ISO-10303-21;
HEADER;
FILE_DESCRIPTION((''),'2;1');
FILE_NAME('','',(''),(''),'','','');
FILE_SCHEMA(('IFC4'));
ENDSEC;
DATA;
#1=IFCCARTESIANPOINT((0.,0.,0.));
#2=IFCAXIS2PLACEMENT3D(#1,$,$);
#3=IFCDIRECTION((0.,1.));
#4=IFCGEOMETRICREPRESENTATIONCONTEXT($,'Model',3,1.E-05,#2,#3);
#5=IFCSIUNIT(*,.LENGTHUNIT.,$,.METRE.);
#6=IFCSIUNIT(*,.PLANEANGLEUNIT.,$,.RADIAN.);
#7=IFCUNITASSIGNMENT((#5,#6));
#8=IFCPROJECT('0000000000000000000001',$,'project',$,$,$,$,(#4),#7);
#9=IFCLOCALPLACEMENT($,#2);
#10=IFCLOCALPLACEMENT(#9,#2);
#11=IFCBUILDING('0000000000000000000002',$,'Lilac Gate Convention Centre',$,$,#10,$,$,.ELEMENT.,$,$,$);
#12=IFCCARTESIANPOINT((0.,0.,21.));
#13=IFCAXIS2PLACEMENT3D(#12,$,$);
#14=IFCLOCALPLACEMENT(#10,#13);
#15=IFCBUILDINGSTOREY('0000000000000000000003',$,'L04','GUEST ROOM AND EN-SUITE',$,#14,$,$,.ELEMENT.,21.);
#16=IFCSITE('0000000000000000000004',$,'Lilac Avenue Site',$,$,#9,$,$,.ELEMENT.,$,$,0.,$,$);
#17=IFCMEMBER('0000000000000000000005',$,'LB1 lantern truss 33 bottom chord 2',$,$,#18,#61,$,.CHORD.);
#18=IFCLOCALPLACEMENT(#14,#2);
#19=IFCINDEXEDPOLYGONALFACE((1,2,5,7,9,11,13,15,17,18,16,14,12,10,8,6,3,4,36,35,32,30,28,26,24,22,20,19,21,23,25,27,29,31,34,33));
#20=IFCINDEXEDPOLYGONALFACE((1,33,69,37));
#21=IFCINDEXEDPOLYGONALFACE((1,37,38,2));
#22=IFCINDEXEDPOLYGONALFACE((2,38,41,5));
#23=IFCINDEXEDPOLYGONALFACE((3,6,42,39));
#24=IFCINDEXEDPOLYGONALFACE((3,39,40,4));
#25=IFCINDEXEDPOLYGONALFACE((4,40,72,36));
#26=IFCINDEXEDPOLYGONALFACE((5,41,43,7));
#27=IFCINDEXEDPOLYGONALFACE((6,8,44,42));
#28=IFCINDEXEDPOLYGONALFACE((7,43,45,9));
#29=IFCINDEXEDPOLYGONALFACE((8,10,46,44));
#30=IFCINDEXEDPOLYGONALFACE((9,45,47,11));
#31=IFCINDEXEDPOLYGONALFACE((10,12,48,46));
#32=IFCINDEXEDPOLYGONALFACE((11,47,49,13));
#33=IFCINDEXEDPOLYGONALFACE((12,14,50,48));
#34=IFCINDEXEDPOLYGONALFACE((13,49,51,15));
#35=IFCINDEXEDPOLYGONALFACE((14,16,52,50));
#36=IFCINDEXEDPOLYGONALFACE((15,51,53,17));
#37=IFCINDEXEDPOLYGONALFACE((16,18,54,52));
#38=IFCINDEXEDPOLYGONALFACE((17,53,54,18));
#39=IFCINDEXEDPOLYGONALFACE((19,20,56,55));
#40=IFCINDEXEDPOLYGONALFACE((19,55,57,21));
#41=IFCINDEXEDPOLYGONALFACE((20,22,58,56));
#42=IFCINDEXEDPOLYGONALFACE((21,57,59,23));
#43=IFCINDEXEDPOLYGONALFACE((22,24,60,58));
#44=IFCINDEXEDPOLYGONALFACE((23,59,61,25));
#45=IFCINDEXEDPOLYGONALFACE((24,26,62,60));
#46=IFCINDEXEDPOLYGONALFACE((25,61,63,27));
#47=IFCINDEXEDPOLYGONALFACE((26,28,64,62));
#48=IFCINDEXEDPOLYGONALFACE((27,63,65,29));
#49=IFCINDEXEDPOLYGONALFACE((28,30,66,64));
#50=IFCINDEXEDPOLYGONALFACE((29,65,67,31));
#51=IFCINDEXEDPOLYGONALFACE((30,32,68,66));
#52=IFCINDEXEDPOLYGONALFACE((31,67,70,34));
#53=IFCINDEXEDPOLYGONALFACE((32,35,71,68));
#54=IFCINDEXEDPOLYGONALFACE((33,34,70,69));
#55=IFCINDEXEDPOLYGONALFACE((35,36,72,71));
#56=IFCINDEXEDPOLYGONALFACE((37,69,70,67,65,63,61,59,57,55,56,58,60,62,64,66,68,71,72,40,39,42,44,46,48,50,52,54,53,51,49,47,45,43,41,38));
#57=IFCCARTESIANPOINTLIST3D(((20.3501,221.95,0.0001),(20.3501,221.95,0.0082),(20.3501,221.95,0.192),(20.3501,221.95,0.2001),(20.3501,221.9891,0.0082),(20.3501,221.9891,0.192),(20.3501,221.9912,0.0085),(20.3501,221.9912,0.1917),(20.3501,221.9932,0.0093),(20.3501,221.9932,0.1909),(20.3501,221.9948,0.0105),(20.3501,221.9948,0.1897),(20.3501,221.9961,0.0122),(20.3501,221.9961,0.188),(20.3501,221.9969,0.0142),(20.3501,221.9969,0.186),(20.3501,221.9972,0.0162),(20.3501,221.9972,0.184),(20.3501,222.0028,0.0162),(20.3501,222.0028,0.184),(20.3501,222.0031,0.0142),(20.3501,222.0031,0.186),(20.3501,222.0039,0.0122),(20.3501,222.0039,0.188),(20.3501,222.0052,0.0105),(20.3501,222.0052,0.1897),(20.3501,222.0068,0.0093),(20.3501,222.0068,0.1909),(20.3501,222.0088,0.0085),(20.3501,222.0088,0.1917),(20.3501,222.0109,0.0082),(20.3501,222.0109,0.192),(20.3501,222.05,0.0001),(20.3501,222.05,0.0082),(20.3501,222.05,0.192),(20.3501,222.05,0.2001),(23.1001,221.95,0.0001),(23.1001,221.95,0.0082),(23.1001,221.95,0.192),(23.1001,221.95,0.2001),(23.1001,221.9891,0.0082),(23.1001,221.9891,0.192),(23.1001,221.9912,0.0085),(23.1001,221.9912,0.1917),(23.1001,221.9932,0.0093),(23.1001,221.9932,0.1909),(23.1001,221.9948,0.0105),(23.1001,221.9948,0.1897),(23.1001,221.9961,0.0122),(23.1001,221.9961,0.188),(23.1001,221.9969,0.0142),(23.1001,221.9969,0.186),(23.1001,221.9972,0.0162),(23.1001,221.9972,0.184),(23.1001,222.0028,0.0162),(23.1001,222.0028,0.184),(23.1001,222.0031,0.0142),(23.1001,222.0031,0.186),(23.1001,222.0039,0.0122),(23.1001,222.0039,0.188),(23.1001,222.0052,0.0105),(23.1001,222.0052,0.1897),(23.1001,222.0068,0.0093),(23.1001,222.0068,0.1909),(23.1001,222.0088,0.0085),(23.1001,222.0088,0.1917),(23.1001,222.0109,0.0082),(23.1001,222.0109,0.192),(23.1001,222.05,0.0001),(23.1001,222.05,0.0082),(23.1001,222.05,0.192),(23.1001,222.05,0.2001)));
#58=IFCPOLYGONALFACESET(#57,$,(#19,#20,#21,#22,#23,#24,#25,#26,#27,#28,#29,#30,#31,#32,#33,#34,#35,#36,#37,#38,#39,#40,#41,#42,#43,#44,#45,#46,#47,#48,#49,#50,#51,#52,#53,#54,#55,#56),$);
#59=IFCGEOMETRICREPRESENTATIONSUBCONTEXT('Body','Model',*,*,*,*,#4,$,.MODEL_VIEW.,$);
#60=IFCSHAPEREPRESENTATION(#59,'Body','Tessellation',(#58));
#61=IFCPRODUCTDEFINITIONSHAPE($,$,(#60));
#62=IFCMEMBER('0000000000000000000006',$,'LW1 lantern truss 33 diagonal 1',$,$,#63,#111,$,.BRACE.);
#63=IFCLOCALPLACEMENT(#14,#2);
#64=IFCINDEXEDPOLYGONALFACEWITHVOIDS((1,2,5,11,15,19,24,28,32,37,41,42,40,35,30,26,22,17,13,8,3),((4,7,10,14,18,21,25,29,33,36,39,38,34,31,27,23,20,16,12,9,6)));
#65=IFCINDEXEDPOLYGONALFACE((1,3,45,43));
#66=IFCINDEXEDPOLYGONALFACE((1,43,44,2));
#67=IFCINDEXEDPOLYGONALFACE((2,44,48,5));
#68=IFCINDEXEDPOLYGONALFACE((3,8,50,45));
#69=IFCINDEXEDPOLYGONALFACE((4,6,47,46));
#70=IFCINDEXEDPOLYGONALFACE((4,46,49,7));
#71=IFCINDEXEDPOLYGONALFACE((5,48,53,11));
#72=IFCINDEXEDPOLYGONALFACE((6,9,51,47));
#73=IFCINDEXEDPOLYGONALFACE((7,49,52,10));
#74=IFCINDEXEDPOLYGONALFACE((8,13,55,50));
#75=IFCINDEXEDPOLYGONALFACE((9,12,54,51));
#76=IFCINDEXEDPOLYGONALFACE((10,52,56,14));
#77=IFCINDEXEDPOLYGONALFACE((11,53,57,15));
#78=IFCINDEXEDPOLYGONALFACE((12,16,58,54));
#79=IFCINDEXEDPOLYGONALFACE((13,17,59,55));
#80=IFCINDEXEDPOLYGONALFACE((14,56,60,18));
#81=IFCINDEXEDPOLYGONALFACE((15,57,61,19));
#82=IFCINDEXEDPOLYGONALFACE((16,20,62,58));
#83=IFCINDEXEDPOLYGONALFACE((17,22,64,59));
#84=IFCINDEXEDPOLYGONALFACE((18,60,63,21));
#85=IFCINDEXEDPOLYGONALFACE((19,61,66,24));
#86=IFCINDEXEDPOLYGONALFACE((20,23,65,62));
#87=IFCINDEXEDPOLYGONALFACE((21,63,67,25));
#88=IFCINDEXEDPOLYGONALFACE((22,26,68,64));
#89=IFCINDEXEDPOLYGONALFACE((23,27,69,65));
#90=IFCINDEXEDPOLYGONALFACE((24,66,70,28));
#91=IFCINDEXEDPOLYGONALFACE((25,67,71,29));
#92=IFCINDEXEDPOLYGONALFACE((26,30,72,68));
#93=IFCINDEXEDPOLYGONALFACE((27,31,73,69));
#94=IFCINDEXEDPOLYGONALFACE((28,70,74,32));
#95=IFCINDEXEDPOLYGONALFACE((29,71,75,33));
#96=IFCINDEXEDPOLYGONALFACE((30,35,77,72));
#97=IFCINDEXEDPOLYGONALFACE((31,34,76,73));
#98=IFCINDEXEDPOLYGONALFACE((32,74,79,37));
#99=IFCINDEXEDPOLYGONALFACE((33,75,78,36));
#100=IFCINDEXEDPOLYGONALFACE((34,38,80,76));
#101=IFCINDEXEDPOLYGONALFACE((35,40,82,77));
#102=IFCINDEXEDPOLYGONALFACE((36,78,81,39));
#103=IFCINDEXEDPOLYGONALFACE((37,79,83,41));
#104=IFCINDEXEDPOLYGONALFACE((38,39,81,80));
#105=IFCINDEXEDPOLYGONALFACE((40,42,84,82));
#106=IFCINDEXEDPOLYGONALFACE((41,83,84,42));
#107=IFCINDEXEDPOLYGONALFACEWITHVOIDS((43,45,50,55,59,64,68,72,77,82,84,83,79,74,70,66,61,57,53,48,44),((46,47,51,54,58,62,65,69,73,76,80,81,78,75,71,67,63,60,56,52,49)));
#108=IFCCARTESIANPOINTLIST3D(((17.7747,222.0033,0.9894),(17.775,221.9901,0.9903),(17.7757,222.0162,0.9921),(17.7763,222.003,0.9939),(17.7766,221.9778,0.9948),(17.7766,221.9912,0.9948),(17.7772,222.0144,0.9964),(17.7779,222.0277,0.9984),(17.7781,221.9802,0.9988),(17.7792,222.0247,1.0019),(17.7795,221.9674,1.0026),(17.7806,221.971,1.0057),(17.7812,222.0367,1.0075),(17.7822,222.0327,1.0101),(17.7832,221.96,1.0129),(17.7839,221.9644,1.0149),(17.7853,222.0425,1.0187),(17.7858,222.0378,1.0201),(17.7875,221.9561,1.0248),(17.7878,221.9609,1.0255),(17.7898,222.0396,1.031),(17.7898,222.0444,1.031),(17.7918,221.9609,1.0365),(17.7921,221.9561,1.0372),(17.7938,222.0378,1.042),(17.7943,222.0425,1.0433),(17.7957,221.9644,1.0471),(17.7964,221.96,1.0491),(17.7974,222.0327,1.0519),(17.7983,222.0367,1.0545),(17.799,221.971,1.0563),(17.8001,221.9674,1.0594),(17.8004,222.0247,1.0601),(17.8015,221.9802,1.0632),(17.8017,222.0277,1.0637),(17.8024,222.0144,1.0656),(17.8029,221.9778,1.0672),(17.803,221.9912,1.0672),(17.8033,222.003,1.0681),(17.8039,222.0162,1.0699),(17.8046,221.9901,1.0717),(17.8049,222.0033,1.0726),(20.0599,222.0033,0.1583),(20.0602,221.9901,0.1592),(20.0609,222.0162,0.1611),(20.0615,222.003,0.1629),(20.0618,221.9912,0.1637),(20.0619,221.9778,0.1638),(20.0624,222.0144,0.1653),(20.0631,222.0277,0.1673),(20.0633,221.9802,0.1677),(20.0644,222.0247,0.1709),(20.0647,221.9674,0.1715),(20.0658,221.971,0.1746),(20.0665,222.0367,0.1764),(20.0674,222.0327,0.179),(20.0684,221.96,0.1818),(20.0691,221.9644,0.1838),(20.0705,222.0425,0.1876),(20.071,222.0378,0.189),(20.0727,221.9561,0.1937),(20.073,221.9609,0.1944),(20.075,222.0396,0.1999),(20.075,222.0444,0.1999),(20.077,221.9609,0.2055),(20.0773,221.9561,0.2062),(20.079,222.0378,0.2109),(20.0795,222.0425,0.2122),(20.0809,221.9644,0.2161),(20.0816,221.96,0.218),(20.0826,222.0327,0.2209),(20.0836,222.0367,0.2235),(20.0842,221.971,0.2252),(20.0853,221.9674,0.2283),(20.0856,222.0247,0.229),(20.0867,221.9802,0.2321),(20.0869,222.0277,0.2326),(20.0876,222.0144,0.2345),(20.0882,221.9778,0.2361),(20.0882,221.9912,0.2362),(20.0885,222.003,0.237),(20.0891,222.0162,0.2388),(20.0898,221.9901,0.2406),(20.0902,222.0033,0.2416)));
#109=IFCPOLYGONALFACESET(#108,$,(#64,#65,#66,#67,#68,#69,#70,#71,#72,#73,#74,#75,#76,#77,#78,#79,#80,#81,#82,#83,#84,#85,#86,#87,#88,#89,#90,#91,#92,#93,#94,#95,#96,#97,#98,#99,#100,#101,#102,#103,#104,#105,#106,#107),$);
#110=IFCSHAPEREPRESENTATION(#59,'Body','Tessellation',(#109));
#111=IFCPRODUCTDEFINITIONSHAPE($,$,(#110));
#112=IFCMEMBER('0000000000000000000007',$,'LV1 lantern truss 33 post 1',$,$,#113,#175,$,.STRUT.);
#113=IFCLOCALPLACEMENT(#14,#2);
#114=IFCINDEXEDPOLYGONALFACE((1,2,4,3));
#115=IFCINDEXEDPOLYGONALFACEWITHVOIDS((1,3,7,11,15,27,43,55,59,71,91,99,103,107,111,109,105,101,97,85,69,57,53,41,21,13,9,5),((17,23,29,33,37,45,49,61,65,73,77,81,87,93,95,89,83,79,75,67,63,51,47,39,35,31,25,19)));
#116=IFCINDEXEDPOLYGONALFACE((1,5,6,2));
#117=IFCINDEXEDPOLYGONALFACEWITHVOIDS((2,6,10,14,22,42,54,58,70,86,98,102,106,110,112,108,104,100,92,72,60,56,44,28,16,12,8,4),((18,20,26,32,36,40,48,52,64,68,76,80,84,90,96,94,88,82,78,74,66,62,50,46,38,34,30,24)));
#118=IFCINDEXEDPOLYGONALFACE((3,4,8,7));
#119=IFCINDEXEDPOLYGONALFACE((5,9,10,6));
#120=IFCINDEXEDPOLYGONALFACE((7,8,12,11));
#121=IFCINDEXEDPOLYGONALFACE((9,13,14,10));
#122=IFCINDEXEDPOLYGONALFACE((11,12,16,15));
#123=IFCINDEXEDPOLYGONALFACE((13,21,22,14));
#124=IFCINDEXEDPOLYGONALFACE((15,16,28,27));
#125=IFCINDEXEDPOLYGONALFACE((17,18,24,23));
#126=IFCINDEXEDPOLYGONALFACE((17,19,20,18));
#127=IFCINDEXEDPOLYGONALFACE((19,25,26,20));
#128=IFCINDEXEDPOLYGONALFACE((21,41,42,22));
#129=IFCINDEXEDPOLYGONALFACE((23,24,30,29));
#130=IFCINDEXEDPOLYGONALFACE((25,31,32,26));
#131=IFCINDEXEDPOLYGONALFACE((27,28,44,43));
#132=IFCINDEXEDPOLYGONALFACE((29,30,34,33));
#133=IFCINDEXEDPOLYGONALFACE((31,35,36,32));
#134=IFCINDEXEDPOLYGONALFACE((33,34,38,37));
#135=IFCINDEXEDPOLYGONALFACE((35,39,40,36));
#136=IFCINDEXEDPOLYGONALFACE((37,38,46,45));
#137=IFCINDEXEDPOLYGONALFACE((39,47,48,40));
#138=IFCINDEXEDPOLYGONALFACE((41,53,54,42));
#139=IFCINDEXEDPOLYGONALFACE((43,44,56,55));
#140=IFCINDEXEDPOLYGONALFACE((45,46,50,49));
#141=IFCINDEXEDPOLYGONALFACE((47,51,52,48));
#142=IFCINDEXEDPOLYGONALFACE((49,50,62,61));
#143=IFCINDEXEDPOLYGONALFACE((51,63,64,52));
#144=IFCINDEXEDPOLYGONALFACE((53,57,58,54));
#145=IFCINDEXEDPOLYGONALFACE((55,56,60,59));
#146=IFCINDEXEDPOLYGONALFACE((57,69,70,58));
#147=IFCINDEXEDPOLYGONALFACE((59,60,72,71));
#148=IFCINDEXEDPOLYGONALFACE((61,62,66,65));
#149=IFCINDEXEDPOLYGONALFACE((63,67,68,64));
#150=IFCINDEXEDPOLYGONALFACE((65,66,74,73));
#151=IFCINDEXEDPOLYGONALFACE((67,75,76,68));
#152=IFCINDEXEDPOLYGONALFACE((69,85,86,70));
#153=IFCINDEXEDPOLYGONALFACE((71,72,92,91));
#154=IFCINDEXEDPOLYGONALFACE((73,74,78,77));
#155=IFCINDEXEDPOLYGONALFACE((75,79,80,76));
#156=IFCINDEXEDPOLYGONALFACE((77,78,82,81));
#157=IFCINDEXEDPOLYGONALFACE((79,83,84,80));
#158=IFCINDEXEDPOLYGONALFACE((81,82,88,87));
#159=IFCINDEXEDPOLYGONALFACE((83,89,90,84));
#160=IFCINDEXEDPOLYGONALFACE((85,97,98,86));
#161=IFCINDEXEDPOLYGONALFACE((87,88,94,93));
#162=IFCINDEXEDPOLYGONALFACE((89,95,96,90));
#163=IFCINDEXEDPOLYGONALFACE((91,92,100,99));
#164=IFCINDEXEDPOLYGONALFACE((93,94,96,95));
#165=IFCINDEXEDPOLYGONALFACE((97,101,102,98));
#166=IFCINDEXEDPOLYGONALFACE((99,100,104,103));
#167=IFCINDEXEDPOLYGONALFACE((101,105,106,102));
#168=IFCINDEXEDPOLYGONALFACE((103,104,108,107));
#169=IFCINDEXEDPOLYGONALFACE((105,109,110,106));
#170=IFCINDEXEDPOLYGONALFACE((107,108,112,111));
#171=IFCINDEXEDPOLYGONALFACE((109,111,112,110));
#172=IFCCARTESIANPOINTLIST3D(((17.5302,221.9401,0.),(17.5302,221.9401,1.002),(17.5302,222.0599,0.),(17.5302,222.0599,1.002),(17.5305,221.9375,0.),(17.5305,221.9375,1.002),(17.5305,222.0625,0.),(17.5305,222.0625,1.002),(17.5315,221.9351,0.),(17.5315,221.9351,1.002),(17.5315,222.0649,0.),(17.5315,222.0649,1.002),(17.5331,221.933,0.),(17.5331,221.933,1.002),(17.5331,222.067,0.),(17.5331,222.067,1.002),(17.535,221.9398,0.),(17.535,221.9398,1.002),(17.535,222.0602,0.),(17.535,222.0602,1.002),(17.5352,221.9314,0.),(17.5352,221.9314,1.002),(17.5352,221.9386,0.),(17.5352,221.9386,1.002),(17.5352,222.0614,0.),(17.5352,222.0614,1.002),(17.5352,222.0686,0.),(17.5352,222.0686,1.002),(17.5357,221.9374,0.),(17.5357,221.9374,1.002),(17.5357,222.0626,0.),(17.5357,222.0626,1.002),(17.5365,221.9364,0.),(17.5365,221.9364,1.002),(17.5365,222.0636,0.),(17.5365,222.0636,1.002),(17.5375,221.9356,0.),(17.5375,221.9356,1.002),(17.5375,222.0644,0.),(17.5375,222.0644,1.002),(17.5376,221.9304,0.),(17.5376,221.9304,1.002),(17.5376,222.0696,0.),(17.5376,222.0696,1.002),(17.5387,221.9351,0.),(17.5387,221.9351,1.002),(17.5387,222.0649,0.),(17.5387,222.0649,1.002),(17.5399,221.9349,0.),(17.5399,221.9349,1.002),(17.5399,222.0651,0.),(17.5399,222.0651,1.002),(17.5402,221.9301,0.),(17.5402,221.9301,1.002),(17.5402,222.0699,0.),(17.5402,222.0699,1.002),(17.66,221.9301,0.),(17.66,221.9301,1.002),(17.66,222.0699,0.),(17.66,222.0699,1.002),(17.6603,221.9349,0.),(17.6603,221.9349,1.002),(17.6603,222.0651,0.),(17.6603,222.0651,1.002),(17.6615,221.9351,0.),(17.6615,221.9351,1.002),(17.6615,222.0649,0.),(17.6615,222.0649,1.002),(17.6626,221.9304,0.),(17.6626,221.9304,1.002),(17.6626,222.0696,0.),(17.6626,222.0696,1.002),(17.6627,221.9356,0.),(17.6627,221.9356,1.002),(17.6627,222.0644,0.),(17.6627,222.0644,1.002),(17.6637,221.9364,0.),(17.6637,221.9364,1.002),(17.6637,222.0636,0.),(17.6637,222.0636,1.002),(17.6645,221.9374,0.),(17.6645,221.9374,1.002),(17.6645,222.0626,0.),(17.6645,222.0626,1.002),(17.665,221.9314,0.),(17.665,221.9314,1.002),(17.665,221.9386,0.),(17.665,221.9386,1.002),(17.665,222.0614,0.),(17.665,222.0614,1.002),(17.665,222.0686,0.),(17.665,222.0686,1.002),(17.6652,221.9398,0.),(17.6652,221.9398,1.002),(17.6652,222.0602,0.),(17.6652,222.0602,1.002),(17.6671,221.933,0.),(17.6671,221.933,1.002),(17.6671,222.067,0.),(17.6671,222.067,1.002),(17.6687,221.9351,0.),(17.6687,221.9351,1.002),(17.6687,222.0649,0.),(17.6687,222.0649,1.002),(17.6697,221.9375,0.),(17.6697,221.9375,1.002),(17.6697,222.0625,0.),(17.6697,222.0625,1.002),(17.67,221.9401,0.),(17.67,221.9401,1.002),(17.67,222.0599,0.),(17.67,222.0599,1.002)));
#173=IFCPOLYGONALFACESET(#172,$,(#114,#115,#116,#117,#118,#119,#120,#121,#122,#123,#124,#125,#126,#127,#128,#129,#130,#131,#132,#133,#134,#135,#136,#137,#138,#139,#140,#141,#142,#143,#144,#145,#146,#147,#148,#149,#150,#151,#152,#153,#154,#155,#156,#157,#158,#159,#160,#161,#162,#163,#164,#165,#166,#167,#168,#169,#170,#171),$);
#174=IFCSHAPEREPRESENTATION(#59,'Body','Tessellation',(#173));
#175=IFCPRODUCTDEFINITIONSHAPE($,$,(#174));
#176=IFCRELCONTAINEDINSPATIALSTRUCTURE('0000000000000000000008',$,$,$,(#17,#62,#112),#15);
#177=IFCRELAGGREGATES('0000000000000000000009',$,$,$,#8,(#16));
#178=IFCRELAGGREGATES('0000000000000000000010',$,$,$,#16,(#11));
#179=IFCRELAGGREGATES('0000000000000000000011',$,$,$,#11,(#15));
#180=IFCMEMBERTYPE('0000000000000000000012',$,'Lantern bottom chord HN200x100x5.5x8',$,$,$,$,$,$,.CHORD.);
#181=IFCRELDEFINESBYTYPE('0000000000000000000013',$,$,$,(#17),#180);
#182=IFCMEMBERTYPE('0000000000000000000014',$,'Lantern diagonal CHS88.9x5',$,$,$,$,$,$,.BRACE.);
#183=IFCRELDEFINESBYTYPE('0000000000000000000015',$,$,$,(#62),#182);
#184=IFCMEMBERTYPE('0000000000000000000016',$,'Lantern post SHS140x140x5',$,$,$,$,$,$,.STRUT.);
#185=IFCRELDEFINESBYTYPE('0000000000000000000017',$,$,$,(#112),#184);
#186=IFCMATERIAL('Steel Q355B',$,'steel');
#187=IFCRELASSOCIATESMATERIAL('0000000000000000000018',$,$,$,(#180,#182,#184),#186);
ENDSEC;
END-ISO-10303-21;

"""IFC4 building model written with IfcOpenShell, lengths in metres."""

from ifc_helpers import new_model, si_unit, direction, frame, origin, origin_2d, place, context, subcontext, project, spatial, hollow_rectangle, hollow_circle, i_section, extrude, material, material_profile, profile_set, type_object, element, save


model = new_model("IFC4")

# Units and contexts
model_context = context("Model", 3, precision=1e-05, world=origin(), true_north=direction((0.0, 1.0)))
body_context = subcontext(model_context, "Body", "Model", "MODEL_VIEW")
ifc_project = project(units=[si_unit("LENGTHUNIT", "METRE"), si_unit("PLANEANGLEUNIT", "RADIAN")], contexts=[model_context])

# Site, building, storey
site_placement = place(None, origin())
site = spatial("IfcSite", under=ifc_project, at=site_placement, Name="Lilac Avenue Site", CompositionType="ELEMENT", RefElevation=0.0)
building_placement = place(site_placement, origin())
building = spatial("IfcBuilding", under=site, at=building_placement, Name="Lilac Gate Convention Centre", CompositionType="ELEMENT")
storey_placement = place(building_placement, frame((0.0, 0.0, 21.0)))
storey = spatial("IfcBuildingStorey", under=building, at=storey_placement, Name="L04", Description="GUEST ROOM AND EN-SUITE", CompositionType="ELEMENT", Elevation=21.0)

# Members
ifc_material_1 = material(Name="Steel Q355B", Category="steel")
ifc_material_profile_1 = material_profile(ifc_material_1, i_section(OverallWidth=0.1001, OverallDepth=0.2, WebThickness=0.0056, FlangeThickness=0.0081, FilletRadius=0.0081, at=origin_2d()), Name="HN200x100x5.5x8")
ifc_profile_set_1 = profile_set([ifc_material_profile_1], Name="Steel Q355B")
member_type_1 = type_object("IfcMemberType", Name="Lantern bottom chord HN200x100x5.5x8", PredefinedType="CHORD", material=ifc_profile_set_1)
for number, where, z_axis, x_axis, name in (
    (1, (20.3501, 222.0, 0.1001), (1.0, 0.0, 0.0), (0.0, 1.0, 0.0), "LB1 lantern truss 33 bottom chord 2"),
):
    element("IfcMember", number, at=place(storey_placement, frame(where, z_axis=z_axis, x_axis=x_axis)), inside=storey, type_object=member_type_1, Name=name, PredefinedType="CHORD", context=body_context, shape_type="SweptSolid", body=[
        extrude(i_section(OverallWidth=0.1001, OverallDepth=0.2, WebThickness=0.0056, FlangeThickness=0.0081, FilletRadius=0.0081, at=origin_2d()), origin(), (0.0, 0.0, 1.0), 2.75),
    ])
ifc_material_profile_2 = material_profile(ifc_material_1, hollow_circle(Radius=0.0444, WallThickness=0.0049, at=origin_2d()), Name="CHS88.9x5")
ifc_profile_set_2 = profile_set([ifc_material_profile_2], Name="Steel Q355B")
member_type_2 = type_object("IfcMemberType", Name="Lantern diagonal CHS88.9x5", PredefinedType="BRACE", material=ifc_profile_set_2)
member_1_placement = place(storey_placement, frame((17.7898, 222.0, 1.031), z_axis=(0.939782, 0.0, -0.341775), x_axis=(0.0, 1.0, 0.0)))
element("IfcMember", 2, at=member_1_placement, inside=storey, type_object=member_type_2, Name="LW1 lantern truss 33 diagonal 1", PredefinedType="BRACE", context=body_context, shape_type="SweptSolid", body=[
    extrude(hollow_circle(Radius=0.0444, WallThickness=0.0049, at=origin_2d()), origin(), (0.0, 0.0, 1.0), 2.4316),
])
ifc_material_profile_3 = material_profile(ifc_material_1, hollow_rectangle(XDim=0.1399, YDim=0.1399, WallThickness=0.0049, InnerFilletRadius=0.0049, OuterFilletRadius=0.01, at=origin_2d()), Name="SHS140x140x5")
ifc_profile_set_3 = profile_set([ifc_material_profile_3], Name="Steel Q355B")
member_type_3 = type_object("IfcMemberType", Name="Lantern post SHS140x140x5", PredefinedType="STRUT", material=ifc_profile_set_3)
member_2_placement = place(storey_placement, frame((17.6001, 222.0, 0.0), z_axis=(0.0, 0.0, 1.0), x_axis=(1.0, 0.0, 0.0)))
element("IfcMember", 3, at=member_2_placement, inside=storey, type_object=member_type_3, Name="LV1 lantern truss 33 post 1", PredefinedType="STRUT", context=body_context, shape_type="SweptSolid", body=[
    extrude(hollow_rectangle(XDim=0.1399, YDim=0.1399, WallThickness=0.0049, InnerFilletRadius=0.0049, OuterFilletRadius=0.01, at=origin_2d()), origin(), (0.0, 0.0, 1.0), 1.002),
])

save(model, "model.ifc")
